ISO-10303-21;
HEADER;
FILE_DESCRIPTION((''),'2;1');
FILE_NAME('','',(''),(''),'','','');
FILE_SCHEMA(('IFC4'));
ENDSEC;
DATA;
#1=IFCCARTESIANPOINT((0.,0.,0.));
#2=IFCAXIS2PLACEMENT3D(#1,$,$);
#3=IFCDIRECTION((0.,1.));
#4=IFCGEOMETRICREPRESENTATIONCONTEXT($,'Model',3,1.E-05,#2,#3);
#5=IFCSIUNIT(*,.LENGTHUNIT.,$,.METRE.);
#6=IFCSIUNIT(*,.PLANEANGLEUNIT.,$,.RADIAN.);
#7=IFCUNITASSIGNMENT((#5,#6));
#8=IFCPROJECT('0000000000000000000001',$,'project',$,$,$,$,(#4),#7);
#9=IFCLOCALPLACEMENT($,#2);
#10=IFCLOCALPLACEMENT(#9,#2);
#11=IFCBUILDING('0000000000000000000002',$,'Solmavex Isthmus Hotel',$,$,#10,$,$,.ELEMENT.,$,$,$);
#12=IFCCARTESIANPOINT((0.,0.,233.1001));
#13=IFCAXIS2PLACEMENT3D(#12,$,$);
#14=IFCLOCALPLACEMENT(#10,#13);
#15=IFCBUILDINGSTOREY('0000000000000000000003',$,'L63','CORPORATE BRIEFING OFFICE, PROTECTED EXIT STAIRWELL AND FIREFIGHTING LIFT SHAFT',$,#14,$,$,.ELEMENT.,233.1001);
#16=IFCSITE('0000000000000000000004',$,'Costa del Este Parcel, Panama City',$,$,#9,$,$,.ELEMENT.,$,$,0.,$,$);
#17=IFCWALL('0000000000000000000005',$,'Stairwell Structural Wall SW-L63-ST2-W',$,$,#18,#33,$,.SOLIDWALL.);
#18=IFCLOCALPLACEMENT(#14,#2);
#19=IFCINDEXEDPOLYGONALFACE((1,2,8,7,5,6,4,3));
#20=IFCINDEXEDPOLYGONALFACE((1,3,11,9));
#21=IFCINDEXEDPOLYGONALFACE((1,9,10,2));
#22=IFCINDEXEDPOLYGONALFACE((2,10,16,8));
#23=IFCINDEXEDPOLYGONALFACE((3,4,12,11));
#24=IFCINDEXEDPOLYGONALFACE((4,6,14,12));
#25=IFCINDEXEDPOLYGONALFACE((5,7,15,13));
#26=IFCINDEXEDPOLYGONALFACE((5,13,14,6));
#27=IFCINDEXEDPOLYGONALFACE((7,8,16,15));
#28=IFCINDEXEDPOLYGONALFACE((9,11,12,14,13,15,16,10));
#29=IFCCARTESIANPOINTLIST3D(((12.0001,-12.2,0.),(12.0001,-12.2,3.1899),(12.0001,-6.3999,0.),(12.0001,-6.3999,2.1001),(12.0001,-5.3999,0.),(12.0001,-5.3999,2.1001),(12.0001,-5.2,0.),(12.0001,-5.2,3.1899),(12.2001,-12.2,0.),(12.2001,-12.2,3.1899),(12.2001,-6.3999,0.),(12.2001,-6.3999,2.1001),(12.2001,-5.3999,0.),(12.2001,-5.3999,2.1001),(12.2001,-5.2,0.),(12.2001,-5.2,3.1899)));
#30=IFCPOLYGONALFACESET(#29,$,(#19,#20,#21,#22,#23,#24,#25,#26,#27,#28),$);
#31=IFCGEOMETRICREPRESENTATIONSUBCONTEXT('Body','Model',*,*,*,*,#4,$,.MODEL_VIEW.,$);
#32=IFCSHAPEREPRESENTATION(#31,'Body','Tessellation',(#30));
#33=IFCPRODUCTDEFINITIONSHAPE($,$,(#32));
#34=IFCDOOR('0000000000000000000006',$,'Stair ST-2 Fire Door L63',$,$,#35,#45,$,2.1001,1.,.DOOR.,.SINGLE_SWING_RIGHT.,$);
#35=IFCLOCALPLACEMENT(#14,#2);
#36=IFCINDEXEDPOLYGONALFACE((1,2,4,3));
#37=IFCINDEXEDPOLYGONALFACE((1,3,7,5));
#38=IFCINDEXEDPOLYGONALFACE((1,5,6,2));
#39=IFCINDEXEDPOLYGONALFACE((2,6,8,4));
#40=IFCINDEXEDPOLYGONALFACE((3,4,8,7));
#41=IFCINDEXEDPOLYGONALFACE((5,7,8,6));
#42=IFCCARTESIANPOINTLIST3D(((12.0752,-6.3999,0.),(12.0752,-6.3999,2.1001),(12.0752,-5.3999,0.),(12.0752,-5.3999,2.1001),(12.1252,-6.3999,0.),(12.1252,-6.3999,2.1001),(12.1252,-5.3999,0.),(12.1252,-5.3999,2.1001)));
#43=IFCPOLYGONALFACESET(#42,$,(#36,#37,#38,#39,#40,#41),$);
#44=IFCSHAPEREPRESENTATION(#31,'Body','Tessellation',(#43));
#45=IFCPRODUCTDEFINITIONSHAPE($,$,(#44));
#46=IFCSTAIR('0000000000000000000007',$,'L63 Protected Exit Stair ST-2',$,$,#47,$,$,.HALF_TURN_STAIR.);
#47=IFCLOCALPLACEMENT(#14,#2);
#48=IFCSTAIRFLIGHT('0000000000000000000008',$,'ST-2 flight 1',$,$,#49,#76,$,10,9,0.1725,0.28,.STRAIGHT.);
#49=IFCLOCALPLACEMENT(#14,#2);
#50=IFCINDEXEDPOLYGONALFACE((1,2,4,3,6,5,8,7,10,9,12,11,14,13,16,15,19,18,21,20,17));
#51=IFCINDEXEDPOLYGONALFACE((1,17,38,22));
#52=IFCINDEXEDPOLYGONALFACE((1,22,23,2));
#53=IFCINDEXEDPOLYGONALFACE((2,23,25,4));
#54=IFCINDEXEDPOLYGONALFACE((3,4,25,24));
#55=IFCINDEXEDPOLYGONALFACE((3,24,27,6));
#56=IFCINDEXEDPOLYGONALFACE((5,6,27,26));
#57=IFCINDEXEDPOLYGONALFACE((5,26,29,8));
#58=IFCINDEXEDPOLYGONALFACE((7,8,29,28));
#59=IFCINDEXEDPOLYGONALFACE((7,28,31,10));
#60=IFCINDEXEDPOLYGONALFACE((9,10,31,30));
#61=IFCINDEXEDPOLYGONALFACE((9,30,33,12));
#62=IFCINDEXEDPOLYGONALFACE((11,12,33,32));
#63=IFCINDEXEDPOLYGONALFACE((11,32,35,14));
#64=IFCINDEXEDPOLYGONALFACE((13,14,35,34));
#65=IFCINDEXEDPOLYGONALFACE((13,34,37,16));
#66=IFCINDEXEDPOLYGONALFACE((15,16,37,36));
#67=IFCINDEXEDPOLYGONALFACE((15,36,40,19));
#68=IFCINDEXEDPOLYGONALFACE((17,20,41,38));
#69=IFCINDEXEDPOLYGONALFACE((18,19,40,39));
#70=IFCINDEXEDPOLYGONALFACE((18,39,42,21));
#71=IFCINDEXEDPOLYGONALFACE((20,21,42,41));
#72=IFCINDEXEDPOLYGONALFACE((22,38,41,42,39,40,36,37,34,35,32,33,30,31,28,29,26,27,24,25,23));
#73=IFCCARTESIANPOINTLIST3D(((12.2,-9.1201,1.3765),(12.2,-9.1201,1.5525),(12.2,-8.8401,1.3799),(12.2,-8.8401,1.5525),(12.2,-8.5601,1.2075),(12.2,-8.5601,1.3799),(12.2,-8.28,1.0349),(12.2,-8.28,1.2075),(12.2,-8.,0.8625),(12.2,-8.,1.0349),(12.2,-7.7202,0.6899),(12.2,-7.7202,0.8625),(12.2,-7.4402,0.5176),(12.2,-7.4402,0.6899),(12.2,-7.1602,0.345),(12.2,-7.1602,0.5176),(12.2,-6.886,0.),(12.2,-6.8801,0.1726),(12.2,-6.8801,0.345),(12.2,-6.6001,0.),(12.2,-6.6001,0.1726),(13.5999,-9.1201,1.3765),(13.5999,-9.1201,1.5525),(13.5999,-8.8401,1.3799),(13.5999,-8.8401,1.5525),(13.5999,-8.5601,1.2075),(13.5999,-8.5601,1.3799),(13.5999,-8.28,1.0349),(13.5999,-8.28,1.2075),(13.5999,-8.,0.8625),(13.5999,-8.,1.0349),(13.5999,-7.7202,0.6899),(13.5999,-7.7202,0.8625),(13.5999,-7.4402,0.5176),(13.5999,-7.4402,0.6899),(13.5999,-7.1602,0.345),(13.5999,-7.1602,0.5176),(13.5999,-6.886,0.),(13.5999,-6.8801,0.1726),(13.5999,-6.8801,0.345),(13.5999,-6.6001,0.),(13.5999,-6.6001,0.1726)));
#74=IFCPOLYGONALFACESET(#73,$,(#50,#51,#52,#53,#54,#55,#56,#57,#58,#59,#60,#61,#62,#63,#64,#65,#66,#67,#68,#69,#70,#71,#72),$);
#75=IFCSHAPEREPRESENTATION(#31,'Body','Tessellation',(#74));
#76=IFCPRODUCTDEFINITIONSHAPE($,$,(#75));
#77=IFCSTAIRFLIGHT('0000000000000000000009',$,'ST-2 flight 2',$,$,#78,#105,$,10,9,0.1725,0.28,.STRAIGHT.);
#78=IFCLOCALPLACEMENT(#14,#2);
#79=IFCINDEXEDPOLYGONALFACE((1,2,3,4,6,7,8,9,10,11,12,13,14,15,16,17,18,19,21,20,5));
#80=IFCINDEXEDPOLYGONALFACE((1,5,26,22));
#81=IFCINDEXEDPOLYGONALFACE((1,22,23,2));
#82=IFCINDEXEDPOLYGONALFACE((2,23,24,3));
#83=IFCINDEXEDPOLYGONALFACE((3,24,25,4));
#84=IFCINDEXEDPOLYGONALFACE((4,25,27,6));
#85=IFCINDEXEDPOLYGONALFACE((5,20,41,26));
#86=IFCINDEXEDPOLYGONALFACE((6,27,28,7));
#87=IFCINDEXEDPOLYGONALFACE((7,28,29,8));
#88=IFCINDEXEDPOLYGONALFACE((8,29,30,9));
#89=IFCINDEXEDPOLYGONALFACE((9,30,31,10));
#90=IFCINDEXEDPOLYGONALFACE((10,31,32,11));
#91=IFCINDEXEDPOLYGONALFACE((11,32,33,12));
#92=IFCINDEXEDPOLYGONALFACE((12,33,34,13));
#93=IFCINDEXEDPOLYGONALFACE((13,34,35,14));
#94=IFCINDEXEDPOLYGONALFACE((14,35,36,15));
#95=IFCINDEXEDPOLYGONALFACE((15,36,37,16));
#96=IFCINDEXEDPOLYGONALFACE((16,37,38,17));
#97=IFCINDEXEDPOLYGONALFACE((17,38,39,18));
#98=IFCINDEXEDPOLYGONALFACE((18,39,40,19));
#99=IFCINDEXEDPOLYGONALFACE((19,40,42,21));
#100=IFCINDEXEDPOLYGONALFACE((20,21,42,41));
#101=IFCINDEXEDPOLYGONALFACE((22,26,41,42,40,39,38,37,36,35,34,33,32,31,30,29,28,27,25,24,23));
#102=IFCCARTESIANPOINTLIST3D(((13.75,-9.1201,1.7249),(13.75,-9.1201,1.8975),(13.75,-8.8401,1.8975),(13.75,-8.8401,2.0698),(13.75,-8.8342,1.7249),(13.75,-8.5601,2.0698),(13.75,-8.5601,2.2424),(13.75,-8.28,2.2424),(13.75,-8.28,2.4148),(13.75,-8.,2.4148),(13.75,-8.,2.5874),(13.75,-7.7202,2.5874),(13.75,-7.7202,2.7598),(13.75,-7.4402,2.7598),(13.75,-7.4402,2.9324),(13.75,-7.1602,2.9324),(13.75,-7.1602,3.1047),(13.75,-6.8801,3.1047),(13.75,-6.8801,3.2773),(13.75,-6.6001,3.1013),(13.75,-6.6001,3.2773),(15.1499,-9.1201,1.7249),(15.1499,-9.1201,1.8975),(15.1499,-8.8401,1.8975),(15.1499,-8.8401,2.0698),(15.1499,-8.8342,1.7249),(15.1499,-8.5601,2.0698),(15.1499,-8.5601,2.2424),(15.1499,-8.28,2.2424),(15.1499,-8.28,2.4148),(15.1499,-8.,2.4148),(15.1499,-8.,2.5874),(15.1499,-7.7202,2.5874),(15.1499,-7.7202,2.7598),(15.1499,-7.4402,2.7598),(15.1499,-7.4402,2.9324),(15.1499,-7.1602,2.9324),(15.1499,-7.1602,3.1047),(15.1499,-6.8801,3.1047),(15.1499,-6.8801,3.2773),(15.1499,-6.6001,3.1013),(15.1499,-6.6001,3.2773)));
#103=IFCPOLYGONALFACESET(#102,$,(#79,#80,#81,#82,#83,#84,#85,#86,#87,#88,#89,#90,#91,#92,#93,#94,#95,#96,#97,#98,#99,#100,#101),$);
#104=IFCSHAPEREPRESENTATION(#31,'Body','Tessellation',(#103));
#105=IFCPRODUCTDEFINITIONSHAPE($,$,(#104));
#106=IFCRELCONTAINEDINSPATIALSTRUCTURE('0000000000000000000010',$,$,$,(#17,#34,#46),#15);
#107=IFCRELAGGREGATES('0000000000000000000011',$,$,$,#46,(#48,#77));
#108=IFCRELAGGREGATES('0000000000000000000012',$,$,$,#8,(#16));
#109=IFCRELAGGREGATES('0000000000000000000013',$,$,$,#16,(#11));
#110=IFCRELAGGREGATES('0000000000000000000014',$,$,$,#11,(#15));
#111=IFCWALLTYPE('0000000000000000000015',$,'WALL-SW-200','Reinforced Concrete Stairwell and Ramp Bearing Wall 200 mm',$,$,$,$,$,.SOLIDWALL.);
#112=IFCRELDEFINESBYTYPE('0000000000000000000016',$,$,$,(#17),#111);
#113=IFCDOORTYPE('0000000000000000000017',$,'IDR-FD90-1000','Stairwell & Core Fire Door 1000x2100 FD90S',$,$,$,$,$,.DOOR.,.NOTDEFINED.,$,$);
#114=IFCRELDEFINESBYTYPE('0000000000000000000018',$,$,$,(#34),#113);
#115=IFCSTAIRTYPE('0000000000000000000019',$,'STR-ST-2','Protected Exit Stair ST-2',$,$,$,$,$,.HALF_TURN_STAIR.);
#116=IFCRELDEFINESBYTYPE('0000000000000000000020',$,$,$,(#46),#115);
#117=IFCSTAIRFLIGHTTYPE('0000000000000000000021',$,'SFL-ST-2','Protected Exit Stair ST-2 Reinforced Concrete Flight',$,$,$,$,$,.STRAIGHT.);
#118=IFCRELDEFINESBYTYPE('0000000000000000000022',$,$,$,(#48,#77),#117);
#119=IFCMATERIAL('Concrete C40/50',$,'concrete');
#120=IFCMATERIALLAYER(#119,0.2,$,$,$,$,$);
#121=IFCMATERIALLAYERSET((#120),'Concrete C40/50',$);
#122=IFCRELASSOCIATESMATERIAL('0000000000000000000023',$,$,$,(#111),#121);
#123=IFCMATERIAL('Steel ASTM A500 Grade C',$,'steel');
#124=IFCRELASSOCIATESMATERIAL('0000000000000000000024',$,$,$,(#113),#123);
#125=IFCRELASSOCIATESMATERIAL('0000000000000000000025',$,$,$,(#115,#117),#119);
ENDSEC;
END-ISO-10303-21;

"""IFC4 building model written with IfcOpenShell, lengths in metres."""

from ifc_helpers import new_model, si_unit, direction, frame, frame_2d, origin, place, context, subcontext, project, spatial, polyline, rectangle, outline, extrude, material, layer, layer_set, type_object, element, fill, aggregate, save


model = new_model("IFC4")

# Units and contexts
model_context = context("Model", 3, precision=1e-05, world=origin(), true_north=direction((0.0, 1.0)))
body_context = subcontext(model_context, "Body", "Model", "MODEL_VIEW")
ifc_project = project(units=[si_unit("LENGTHUNIT", "METRE"), si_unit("PLANEANGLEUNIT", "RADIAN")], contexts=[model_context])

# Site, building, storey
site_placement = place(None, origin())
site = spatial("IfcSite", under=ifc_project, at=site_placement, Name="Costa del Este Parcel, Panama City", CompositionType="ELEMENT", RefElevation=0.0)
building_placement = place(site_placement, origin())
building = spatial("IfcBuilding", under=site, at=building_placement, Name="Solmavex Isthmus Hotel", CompositionType="ELEMENT")
storey_placement = place(building_placement, frame((0.0, 0.0, 233.1001)))
storey = spatial("IfcBuildingStorey", under=building, at=storey_placement, Name="L63", Description="CORPORATE BRIEFING OFFICE, PROTECTED EXIT STAIRWELL AND FIREFIGHTING LIFT SHAFT", CompositionType="ELEMENT", Elevation=233.1001)

# Shared definitions
ifc_material_1 = material(Name="Steel ASTM A500 Grade C", Category="steel")

# Shared definitions
ifc_material_2 = material(Name="Concrete C40/50", Category="concrete")

# Shared definitions
ifc_layer_1 = layer(ifc_material_2, 0.2)
ifc_layer_set_1 = layer_set([ifc_layer_1], Name="Concrete C40/50")
wall_type_1 = type_object("IfcWallType", Name="WALL-SW-200", Description="Reinforced Concrete Stairwell and Ramp Bearing Wall 200 mm", PredefinedType="SOLIDWALL", material=ifc_layer_set_1)

# Wall, opening, door
wall_1_placement = place(storey_placement, frame((12.1001, -12.2, 0.0), z_axis=(0.0, 0.0, 1.0), x_axis=(0.0, 1.0, 0.0)))
wall_1 = element("IfcWall", 1, at=wall_1_placement, inside=storey, type_object=wall_type_1, Name="Stairwell Structural Wall SW-L63-ST2-W", PredefinedType="SOLIDWALL", context=body_context, shape_type="SweptSolid", body=[
    extrude(rectangle(XDim=7.0, YDim=0.2, at=frame_2d((3.5, 0.0))), origin(), (0.0, 0.0, 1.0), 3.1899),
])
opening_1_placement = place(wall_1_placement, frame((5.8, 0.0, 0.0)))
opening_1 = element("IfcOpeningElement", 2, at=opening_1_placement, cuts=wall_1, PredefinedType="OPENING", context=body_context, shape_type="SweptSolid", body=[
    extrude(rectangle(XDim=1.0, YDim=2.1001, at=frame_2d((0.5, 1.05))), frame((0.0, 0.1099, 0.0), z_axis=(0.0, -1.0, 0.0), x_axis=(1.0, 0.0, 0.0)), (0.0, 0.0, 1.0), 0.22),
])
door_type_1 = type_object("IfcDoorType", Name="IDR-FD90-1000", Description="Stairwell & Core Fire Door 1000x2100 FD90S", OperationType="NOTDEFINED", PredefinedType="DOOR", material=ifc_material_1)
door_1_placement = place(opening_1_placement, origin())
door_1 = element("IfcDoor", 3, at=door_1_placement, inside=storey, type_object=door_type_1, Name="Stair ST-2 Fire Door L63", OperationType="SINGLE_SWING_RIGHT", OverallHeight=2.1001, OverallWidth=1.0, PredefinedType="DOOR", context=body_context, shape_type="SweptSolid", body=[
    extrude(rectangle(XDim=1.0, YDim=2.1001, at=frame_2d((0.5, 1.05))), frame((0.0, 0.0249, 0.0), z_axis=(0.0, -1.0, 0.0), x_axis=(1.0, 0.0, 0.0)), (0.0, 0.0, 1.0), 0.05),
])
fill(opening_1, door_1)

# Stair, stair flights
stair_type = type_object("IfcStairType", Name="STR-ST-2", Description="Protected Exit Stair ST-2", PredefinedType="HALF_TURN_STAIR", material=ifc_material_2)
stair_placement = place(storey_placement, origin())
stair = element("IfcStair", 4, at=stair_placement, inside=storey, type_object=stair_type, Name="L63 Protected Exit Stair ST-2", PredefinedType="HALF_TURN_STAIR")
stair_flight_type = type_object("IfcStairFlightType", Name="SFL-ST-2", Description="Protected Exit Stair ST-2 Reinforced Concrete Flight", PredefinedType="STRAIGHT", material=ifc_material_2)
stair_flight_1_placement = place(storey_placement, frame((12.8999, -6.6001, 0.0), z_axis=(0.0, 0.0, 1.0), x_axis=(0.0, -1.0, 0.0)))
stair_flight_1 = element("IfcStairFlight", 5, at=stair_flight_1_placement, type_object=stair_flight_type, Name="ST-2 flight 1", NumberOfRisers=10, NumberOfTreads=9, PredefinedType="STRAIGHT", RiserHeight=0.1725, TreadLength=0.28, context=body_context, shape_type="SweptSolid", body=[
    extrude(outline(polyline([(0.0, 0.0), (0.0, 0.1726), (0.28, 0.1726), (0.28, 0.345), (0.5601, 0.345), (0.5601, 0.5176), (0.8401, 0.5176), (0.8401, 0.6899), (1.1201, 0.6899), (1.1201, 0.8625), (1.3999, 0.8625), (1.3999, 1.0349), (1.6799, 1.0349), (1.6799, 1.2075), (1.96, 1.2075), (1.96, 1.3799), (2.24, 1.3799), (2.24, 1.5525), (2.52, 1.5525), (2.52, 1.7251), (2.52, 1.3765), (0.2859, 0.0), (0.0, 0.0)])), frame((0.0, 0.7, 0.0), z_axis=(0.0, -1.0, 0.0), x_axis=(1.0, 0.0, 0.0)), (0.0, 0.0, 1.0), 1.3999),
])
stair_flight_2_placement = place(storey_placement, frame((14.45, -9.1201, 1.7249), z_axis=(0.0, 0.0, 1.0), x_axis=(0.0, 1.0, 0.0)))
stair_flight_2 = element("IfcStairFlight", 6, at=stair_flight_2_placement, type_object=stair_flight_type, Name="ST-2 flight 2", NumberOfRisers=10, NumberOfTreads=9, PredefinedType="STRAIGHT", RiserHeight=0.1725, TreadLength=0.28, context=body_context, shape_type="SweptSolid", body=[
    extrude(outline(polyline([(0.0, 0.0), (0.0, 0.1726), (0.28, 0.1726), (0.28, 0.345), (0.5601, 0.345), (0.5601, 0.5176), (0.8401, 0.5176), (0.8401, 0.6899), (1.1201, 0.6899), (1.1201, 0.8625), (1.3999, 0.8625), (1.3999, 1.0349), (1.6799, 1.0349), (1.6799, 1.2075), (1.96, 1.2075), (1.96, 1.3799), (2.24, 1.3799), (2.24, 1.5525), (2.52, 1.5525), (2.52, 1.7251), (2.52, 1.3765), (0.2859, 0.0), (0.0, 0.0)])), frame((0.0, 0.7, 0.0), z_axis=(0.0, -1.0, 0.0), x_axis=(1.0, 0.0, 0.0)), (0.0, 0.0, 1.0), 1.3999),
])
aggregate(stair, [stair_flight_1, stair_flight_2])

save(model, "model.ifc")
